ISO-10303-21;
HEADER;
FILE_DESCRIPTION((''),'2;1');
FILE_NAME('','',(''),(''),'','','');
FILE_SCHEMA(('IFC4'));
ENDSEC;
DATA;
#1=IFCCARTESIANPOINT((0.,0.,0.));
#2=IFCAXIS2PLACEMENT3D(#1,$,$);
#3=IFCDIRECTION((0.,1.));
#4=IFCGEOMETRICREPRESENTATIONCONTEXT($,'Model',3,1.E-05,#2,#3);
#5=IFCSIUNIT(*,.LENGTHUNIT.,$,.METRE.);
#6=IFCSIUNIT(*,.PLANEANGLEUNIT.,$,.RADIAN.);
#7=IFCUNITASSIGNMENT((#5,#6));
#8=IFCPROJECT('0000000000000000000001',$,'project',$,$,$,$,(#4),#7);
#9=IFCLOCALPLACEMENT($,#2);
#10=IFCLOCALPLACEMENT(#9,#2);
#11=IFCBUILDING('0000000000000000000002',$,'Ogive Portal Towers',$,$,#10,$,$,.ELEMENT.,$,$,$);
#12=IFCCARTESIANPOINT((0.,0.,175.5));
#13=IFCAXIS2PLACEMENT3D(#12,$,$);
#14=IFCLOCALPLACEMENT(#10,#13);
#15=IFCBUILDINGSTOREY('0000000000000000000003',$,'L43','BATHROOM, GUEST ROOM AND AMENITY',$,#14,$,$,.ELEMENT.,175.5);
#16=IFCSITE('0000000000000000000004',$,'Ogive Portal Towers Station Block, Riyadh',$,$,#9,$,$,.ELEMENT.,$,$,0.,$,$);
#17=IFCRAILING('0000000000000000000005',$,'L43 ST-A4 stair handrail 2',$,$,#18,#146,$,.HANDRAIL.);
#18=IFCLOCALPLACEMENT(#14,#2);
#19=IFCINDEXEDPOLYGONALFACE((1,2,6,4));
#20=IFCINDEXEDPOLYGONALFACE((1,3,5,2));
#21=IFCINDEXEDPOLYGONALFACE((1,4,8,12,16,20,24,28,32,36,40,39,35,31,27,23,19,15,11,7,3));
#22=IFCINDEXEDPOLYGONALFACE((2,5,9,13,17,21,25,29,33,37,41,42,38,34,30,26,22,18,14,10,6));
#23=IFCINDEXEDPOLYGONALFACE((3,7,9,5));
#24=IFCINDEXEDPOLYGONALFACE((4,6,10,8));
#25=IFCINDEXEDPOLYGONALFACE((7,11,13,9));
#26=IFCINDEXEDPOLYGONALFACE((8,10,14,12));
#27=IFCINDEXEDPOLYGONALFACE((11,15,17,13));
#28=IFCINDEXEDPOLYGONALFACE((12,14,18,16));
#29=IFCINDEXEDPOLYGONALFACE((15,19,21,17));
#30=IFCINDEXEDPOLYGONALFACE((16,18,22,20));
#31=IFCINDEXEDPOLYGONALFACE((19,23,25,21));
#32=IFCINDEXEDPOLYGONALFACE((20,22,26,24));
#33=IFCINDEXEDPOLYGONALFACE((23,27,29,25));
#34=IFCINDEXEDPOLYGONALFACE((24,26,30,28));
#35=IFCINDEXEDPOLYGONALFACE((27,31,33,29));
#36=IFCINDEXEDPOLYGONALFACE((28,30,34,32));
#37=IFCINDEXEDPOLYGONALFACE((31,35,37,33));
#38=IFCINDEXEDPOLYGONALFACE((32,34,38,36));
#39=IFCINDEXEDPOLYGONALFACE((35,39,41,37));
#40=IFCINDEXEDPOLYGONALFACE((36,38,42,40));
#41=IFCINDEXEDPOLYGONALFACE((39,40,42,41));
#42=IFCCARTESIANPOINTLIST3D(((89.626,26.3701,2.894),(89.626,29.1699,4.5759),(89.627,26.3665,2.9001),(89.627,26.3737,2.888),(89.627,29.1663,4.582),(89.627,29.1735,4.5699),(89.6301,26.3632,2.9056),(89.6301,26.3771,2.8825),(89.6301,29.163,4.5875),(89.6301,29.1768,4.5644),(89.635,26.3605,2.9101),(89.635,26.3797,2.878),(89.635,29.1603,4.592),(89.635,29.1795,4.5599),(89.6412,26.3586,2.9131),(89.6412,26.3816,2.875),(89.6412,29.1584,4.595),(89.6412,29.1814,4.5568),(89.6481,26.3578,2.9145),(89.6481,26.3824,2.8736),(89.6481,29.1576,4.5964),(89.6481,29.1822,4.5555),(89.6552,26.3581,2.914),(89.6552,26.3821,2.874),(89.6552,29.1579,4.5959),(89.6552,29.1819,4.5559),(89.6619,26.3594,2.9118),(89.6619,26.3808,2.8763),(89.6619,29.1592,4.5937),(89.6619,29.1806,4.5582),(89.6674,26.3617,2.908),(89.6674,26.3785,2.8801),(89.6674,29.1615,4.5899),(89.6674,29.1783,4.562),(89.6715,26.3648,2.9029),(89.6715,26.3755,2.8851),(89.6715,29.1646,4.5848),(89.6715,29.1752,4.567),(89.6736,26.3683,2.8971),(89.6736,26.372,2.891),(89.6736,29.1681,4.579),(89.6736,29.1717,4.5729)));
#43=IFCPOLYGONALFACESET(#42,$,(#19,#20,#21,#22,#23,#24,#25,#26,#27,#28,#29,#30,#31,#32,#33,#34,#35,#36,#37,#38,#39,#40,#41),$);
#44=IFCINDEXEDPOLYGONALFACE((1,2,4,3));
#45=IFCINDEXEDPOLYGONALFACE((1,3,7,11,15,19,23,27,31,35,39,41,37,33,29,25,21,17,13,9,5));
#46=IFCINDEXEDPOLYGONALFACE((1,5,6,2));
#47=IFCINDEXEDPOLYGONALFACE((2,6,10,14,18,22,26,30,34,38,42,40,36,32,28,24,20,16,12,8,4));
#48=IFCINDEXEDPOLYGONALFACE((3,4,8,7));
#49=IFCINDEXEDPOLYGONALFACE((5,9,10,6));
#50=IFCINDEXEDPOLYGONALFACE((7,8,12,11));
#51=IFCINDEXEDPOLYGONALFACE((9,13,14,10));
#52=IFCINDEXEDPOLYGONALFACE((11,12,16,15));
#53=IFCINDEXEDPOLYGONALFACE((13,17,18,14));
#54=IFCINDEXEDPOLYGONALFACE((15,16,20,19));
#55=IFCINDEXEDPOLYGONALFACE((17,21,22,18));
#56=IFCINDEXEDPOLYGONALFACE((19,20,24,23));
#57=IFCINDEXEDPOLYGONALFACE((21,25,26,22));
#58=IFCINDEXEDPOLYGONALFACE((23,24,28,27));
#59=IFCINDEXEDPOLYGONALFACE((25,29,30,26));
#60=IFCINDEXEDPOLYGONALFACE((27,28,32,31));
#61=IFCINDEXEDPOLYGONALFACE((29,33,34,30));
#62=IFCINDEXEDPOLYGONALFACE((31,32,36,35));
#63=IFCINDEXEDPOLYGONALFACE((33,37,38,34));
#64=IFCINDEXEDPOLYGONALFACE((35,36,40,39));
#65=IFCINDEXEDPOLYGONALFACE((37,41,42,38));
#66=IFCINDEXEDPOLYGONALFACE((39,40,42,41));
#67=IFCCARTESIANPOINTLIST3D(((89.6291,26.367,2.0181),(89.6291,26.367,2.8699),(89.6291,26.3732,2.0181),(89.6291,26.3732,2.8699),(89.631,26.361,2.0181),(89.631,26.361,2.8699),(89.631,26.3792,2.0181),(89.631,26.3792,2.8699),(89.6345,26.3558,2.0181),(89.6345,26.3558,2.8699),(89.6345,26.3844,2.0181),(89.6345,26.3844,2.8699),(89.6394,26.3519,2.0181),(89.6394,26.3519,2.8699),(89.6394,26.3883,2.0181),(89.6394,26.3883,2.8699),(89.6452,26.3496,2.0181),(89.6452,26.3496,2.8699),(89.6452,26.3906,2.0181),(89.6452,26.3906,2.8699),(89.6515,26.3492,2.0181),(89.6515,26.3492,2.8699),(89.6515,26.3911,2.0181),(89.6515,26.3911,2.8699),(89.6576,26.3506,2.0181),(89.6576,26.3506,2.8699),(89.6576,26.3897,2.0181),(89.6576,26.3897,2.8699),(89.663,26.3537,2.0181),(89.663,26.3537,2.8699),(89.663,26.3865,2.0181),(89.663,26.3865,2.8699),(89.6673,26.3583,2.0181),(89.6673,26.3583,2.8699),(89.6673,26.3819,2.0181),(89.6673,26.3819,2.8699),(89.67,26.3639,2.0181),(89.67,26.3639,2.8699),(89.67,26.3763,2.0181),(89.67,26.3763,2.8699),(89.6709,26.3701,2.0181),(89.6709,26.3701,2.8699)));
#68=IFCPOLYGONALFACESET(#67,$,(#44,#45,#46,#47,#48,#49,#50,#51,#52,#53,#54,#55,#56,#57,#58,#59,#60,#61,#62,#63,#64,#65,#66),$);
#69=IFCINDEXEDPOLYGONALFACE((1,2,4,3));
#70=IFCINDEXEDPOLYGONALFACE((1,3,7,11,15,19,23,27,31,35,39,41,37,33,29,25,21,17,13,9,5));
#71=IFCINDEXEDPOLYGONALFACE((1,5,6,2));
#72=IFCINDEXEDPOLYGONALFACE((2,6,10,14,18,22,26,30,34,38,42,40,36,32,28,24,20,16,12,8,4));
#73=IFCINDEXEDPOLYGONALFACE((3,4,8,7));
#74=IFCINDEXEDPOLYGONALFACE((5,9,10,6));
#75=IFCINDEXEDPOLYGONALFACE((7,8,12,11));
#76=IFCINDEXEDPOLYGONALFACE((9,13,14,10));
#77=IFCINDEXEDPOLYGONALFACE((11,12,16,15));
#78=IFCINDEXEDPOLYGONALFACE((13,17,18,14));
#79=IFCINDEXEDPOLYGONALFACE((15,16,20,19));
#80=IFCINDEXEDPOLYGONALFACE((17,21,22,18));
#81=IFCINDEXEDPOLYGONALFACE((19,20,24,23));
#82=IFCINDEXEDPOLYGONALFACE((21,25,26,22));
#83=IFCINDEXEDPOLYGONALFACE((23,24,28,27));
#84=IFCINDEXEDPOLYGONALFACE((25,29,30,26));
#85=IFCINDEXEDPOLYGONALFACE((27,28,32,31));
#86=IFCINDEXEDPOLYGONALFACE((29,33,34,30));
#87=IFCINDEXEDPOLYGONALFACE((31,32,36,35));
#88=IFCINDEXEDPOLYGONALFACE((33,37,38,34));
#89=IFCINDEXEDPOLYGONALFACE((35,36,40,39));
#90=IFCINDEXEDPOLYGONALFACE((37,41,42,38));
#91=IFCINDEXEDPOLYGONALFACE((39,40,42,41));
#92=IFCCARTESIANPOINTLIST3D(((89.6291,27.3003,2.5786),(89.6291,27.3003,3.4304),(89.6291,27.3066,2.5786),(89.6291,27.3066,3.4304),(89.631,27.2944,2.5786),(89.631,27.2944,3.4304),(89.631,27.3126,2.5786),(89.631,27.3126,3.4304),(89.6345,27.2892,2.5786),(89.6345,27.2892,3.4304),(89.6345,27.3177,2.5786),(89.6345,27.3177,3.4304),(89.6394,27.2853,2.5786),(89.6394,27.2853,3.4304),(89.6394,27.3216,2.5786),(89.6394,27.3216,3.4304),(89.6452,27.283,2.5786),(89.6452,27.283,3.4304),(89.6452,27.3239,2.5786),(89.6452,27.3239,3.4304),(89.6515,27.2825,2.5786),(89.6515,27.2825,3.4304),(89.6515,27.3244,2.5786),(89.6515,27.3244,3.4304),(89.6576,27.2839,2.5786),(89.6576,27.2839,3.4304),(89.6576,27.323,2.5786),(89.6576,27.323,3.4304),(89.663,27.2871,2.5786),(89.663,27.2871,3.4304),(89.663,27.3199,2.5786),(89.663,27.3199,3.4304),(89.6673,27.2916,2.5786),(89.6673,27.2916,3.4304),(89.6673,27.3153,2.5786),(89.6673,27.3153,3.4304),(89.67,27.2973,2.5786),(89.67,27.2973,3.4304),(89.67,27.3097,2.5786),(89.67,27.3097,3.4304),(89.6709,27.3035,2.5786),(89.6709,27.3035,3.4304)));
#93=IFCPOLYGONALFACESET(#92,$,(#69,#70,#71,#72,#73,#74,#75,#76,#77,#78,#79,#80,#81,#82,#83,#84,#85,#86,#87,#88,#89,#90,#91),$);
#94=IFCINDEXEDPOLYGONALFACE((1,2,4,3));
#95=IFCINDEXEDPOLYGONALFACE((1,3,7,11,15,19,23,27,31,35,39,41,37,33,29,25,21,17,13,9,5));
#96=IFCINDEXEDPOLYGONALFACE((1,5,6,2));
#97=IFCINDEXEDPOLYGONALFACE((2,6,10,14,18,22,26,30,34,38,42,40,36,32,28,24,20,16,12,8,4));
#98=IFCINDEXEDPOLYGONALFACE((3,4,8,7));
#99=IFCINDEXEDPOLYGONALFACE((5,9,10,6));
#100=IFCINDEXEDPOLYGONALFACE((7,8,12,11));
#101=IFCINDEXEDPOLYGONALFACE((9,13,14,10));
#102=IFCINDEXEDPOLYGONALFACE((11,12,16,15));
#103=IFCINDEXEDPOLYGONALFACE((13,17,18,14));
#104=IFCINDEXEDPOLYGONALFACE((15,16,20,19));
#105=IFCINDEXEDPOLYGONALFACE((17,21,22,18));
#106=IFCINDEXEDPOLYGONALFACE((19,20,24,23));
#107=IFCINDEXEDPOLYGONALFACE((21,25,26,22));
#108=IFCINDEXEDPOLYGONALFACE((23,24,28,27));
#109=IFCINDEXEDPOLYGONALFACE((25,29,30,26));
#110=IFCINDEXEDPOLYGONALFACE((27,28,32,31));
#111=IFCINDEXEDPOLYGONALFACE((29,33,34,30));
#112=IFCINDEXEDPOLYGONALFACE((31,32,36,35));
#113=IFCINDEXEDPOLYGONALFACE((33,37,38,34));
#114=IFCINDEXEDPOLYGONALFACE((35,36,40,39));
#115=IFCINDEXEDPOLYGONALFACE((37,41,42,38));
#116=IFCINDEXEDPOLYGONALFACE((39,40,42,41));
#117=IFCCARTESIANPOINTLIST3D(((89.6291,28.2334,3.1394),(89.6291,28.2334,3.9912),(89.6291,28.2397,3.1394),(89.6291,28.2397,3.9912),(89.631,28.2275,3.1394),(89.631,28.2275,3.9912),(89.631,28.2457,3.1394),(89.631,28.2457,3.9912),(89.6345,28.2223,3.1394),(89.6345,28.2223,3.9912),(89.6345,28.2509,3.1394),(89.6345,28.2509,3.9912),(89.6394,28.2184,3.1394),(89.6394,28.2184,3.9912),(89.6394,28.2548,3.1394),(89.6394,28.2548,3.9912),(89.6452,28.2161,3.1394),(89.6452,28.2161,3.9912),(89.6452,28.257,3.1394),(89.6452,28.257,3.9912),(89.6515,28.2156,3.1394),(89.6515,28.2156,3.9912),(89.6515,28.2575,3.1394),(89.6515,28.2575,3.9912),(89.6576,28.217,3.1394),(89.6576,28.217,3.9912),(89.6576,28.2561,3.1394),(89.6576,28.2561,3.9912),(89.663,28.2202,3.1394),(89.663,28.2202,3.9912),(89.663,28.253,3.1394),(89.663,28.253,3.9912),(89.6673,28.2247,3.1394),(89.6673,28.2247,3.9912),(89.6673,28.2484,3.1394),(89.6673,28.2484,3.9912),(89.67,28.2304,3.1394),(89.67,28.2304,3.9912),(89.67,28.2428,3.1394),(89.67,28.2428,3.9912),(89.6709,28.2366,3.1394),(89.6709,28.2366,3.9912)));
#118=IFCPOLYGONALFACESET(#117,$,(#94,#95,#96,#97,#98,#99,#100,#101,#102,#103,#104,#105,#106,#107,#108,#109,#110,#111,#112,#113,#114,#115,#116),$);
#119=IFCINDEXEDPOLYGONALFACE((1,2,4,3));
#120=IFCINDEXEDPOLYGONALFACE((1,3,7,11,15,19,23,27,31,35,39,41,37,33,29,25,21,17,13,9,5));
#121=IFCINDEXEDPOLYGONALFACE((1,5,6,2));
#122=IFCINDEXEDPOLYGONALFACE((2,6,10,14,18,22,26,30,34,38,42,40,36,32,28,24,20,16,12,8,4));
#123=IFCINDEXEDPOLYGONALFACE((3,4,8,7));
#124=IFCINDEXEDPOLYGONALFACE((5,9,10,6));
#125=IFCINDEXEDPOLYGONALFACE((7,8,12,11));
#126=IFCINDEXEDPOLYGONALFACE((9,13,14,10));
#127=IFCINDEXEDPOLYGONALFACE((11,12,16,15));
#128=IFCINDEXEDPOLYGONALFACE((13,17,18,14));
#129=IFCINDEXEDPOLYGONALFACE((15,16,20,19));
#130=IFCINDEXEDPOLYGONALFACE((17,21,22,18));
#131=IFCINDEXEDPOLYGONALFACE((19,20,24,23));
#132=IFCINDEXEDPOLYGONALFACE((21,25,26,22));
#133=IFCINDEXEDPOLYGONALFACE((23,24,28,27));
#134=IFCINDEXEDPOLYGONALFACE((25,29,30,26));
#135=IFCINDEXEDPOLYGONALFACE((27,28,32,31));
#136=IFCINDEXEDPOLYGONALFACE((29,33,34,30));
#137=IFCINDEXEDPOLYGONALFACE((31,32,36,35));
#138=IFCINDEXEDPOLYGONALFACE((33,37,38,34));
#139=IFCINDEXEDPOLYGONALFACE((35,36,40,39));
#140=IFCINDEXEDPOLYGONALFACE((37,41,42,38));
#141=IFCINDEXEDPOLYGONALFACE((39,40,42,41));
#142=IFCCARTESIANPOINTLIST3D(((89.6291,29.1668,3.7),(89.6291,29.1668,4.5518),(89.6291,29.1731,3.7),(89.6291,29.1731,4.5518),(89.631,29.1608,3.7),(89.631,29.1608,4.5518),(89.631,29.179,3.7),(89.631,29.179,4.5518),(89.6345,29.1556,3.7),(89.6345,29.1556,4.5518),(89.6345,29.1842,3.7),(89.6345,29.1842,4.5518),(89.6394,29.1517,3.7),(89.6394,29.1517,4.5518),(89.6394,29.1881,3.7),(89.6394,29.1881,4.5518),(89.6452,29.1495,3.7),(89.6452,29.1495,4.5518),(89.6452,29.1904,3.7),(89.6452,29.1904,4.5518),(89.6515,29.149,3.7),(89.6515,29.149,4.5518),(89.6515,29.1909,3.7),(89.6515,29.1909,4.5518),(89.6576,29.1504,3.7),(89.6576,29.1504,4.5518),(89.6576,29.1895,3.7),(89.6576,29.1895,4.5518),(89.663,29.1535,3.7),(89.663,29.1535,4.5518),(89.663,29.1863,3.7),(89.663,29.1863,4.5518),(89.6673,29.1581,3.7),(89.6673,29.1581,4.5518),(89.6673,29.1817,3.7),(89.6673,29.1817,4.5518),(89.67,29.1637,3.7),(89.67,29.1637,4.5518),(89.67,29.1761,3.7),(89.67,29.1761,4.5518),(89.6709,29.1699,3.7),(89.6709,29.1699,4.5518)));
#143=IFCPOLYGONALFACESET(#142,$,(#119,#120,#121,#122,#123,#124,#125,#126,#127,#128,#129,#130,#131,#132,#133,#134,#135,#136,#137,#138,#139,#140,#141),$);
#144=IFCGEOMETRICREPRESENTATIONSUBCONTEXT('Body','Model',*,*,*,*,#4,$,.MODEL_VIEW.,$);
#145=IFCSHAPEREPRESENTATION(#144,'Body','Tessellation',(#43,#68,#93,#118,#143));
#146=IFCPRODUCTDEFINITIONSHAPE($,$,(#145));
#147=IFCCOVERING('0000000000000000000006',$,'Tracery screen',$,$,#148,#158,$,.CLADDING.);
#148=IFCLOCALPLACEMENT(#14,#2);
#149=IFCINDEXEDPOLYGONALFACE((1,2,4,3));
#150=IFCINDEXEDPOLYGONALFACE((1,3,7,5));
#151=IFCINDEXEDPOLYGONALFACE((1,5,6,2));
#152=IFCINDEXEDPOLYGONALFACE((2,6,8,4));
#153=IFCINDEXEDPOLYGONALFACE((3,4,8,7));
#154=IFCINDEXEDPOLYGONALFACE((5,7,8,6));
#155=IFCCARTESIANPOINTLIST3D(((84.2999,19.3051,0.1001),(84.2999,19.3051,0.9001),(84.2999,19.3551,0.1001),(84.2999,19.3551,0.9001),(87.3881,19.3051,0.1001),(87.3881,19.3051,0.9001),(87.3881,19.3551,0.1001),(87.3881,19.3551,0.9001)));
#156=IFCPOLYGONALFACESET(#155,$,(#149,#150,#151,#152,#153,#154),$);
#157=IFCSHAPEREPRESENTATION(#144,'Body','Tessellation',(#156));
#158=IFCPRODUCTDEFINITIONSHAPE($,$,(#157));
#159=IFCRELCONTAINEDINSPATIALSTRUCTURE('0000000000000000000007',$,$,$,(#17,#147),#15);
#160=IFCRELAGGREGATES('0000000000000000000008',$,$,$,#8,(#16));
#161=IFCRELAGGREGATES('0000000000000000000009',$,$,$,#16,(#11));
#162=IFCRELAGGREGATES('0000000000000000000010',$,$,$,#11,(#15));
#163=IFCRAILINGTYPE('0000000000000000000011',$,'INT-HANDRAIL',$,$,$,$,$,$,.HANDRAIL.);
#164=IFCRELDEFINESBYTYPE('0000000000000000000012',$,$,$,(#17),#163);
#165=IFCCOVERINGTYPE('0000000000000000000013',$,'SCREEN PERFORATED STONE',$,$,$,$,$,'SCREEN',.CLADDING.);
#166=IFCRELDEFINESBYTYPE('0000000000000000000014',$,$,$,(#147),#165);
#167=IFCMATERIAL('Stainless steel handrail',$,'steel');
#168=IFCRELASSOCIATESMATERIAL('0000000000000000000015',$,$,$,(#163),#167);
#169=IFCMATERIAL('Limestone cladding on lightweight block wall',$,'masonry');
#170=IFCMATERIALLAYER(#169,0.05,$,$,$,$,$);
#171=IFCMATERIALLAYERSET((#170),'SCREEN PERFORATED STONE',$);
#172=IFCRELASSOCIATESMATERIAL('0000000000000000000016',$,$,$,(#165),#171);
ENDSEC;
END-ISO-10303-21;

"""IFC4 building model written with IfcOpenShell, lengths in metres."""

from ifc_helpers import new_model, si_unit, direction, frame, origin, origin_2d, place, context, subcontext, project, spatial, rectangle, circle, extrude, material, layer, layer_set, type_object, element, save


model = new_model("IFC4")

# Units and contexts
model_context = context("Model", 3, precision=1e-05, world=origin(), true_north=direction((0.0, 1.0)))
body_context = subcontext(model_context, "Body", "Model", "MODEL_VIEW")
ifc_project = project(units=[si_unit("LENGTHUNIT", "METRE"), si_unit("PLANEANGLEUNIT", "RADIAN")], contexts=[model_context])

# Site, building, storey
site_placement = place(None, origin())
site = spatial("IfcSite", under=ifc_project, at=site_placement, Name="Ogive Portal Towers Station Block, Riyadh", CompositionType="ELEMENT", RefElevation=0.0)
building_placement = place(site_placement, origin())
building = spatial("IfcBuilding", under=site, at=building_placement, Name="Ogive Portal Towers", CompositionType="ELEMENT")
storey_placement = place(building_placement, frame((0.0, 0.0, 175.5)))
storey = spatial("IfcBuildingStorey", under=building, at=storey_placement, Name="L43", Description="BATHROOM, GUEST ROOM AND AMENITY", CompositionType="ELEMENT", Elevation=175.5)

# Railing
ifc_material_1 = material(Name="Stainless steel handrail", Category="steel")
railing_type_1 = type_object("IfcRailingType", Name="INT-HANDRAIL", PredefinedType="HANDRAIL", material=ifc_material_1)
railing_1_placement = place(storey_placement, frame((89.6499, 26.3701, 2.0181)))
element("IfcRailing", 1, at=railing_1_placement, inside=storey, type_object=railing_type_1, Name="L43 ST-A4 stair handrail 2", PredefinedType="HANDRAIL", context=body_context, shape_type="SweptSolid", body=[
    extrude(circle(Radius=0.0239, at=origin_2d()), frame((0.0, 0.0, 0.876), z_axis=(0.0, 0.857222, 0.514946), x_axis=(-1.0, 0.0, 0.0)), (0.0, 0.0, 1.0), 3.2661),
    extrude(circle(Radius=0.021, at=origin_2d()), origin(), (0.0, 0.0, 1.0), 0.8518),
    extrude(circle(Radius=0.021, at=origin_2d()), frame((0.0, 0.9333, 0.5605)), (0.0, 0.0, 1.0), 0.8518),
    extrude(circle(Radius=0.021, at=origin_2d()), frame((0.0, 1.8665, 1.1213)), (0.0, 0.0, 1.0), 0.8518),
    extrude(circle(Radius=0.021, at=origin_2d()), frame((0.0, 2.7998, 1.6819)), (0.0, 0.0, 1.0), 0.8518),
])

# Covering
ifc_material_2 = material(Name="Limestone cladding on lightweight block wall", Category="masonry")
ifc_layer_1 = layer(ifc_material_2, 0.05)
ifc_layer_set_1 = layer_set([ifc_layer_1], Name="SCREEN PERFORATED STONE")
covering_type = type_object("IfcCoveringType", Name="SCREEN PERFORATED STONE", ElementType="SCREEN", PredefinedType="CLADDING", material=ifc_layer_set_1)
covering_placement = place(storey_placement, frame((85.844, 19.3301, 0.1001), z_axis=(0.0, 0.0, 1.0), x_axis=(1.0, 0.0, 0.0)))
element("IfcCovering", 2, at=covering_placement, inside=storey, type_object=covering_type, Name="Tracery screen", PredefinedType="CLADDING", context=body_context, shape_type="SweptSolid", body=[
    extrude(rectangle(XDim=3.0881, YDim=0.05, at=origin_2d()), origin(), (0.0, 0.0, 1.0), 0.8),
])

save(model, "model.ifc")
